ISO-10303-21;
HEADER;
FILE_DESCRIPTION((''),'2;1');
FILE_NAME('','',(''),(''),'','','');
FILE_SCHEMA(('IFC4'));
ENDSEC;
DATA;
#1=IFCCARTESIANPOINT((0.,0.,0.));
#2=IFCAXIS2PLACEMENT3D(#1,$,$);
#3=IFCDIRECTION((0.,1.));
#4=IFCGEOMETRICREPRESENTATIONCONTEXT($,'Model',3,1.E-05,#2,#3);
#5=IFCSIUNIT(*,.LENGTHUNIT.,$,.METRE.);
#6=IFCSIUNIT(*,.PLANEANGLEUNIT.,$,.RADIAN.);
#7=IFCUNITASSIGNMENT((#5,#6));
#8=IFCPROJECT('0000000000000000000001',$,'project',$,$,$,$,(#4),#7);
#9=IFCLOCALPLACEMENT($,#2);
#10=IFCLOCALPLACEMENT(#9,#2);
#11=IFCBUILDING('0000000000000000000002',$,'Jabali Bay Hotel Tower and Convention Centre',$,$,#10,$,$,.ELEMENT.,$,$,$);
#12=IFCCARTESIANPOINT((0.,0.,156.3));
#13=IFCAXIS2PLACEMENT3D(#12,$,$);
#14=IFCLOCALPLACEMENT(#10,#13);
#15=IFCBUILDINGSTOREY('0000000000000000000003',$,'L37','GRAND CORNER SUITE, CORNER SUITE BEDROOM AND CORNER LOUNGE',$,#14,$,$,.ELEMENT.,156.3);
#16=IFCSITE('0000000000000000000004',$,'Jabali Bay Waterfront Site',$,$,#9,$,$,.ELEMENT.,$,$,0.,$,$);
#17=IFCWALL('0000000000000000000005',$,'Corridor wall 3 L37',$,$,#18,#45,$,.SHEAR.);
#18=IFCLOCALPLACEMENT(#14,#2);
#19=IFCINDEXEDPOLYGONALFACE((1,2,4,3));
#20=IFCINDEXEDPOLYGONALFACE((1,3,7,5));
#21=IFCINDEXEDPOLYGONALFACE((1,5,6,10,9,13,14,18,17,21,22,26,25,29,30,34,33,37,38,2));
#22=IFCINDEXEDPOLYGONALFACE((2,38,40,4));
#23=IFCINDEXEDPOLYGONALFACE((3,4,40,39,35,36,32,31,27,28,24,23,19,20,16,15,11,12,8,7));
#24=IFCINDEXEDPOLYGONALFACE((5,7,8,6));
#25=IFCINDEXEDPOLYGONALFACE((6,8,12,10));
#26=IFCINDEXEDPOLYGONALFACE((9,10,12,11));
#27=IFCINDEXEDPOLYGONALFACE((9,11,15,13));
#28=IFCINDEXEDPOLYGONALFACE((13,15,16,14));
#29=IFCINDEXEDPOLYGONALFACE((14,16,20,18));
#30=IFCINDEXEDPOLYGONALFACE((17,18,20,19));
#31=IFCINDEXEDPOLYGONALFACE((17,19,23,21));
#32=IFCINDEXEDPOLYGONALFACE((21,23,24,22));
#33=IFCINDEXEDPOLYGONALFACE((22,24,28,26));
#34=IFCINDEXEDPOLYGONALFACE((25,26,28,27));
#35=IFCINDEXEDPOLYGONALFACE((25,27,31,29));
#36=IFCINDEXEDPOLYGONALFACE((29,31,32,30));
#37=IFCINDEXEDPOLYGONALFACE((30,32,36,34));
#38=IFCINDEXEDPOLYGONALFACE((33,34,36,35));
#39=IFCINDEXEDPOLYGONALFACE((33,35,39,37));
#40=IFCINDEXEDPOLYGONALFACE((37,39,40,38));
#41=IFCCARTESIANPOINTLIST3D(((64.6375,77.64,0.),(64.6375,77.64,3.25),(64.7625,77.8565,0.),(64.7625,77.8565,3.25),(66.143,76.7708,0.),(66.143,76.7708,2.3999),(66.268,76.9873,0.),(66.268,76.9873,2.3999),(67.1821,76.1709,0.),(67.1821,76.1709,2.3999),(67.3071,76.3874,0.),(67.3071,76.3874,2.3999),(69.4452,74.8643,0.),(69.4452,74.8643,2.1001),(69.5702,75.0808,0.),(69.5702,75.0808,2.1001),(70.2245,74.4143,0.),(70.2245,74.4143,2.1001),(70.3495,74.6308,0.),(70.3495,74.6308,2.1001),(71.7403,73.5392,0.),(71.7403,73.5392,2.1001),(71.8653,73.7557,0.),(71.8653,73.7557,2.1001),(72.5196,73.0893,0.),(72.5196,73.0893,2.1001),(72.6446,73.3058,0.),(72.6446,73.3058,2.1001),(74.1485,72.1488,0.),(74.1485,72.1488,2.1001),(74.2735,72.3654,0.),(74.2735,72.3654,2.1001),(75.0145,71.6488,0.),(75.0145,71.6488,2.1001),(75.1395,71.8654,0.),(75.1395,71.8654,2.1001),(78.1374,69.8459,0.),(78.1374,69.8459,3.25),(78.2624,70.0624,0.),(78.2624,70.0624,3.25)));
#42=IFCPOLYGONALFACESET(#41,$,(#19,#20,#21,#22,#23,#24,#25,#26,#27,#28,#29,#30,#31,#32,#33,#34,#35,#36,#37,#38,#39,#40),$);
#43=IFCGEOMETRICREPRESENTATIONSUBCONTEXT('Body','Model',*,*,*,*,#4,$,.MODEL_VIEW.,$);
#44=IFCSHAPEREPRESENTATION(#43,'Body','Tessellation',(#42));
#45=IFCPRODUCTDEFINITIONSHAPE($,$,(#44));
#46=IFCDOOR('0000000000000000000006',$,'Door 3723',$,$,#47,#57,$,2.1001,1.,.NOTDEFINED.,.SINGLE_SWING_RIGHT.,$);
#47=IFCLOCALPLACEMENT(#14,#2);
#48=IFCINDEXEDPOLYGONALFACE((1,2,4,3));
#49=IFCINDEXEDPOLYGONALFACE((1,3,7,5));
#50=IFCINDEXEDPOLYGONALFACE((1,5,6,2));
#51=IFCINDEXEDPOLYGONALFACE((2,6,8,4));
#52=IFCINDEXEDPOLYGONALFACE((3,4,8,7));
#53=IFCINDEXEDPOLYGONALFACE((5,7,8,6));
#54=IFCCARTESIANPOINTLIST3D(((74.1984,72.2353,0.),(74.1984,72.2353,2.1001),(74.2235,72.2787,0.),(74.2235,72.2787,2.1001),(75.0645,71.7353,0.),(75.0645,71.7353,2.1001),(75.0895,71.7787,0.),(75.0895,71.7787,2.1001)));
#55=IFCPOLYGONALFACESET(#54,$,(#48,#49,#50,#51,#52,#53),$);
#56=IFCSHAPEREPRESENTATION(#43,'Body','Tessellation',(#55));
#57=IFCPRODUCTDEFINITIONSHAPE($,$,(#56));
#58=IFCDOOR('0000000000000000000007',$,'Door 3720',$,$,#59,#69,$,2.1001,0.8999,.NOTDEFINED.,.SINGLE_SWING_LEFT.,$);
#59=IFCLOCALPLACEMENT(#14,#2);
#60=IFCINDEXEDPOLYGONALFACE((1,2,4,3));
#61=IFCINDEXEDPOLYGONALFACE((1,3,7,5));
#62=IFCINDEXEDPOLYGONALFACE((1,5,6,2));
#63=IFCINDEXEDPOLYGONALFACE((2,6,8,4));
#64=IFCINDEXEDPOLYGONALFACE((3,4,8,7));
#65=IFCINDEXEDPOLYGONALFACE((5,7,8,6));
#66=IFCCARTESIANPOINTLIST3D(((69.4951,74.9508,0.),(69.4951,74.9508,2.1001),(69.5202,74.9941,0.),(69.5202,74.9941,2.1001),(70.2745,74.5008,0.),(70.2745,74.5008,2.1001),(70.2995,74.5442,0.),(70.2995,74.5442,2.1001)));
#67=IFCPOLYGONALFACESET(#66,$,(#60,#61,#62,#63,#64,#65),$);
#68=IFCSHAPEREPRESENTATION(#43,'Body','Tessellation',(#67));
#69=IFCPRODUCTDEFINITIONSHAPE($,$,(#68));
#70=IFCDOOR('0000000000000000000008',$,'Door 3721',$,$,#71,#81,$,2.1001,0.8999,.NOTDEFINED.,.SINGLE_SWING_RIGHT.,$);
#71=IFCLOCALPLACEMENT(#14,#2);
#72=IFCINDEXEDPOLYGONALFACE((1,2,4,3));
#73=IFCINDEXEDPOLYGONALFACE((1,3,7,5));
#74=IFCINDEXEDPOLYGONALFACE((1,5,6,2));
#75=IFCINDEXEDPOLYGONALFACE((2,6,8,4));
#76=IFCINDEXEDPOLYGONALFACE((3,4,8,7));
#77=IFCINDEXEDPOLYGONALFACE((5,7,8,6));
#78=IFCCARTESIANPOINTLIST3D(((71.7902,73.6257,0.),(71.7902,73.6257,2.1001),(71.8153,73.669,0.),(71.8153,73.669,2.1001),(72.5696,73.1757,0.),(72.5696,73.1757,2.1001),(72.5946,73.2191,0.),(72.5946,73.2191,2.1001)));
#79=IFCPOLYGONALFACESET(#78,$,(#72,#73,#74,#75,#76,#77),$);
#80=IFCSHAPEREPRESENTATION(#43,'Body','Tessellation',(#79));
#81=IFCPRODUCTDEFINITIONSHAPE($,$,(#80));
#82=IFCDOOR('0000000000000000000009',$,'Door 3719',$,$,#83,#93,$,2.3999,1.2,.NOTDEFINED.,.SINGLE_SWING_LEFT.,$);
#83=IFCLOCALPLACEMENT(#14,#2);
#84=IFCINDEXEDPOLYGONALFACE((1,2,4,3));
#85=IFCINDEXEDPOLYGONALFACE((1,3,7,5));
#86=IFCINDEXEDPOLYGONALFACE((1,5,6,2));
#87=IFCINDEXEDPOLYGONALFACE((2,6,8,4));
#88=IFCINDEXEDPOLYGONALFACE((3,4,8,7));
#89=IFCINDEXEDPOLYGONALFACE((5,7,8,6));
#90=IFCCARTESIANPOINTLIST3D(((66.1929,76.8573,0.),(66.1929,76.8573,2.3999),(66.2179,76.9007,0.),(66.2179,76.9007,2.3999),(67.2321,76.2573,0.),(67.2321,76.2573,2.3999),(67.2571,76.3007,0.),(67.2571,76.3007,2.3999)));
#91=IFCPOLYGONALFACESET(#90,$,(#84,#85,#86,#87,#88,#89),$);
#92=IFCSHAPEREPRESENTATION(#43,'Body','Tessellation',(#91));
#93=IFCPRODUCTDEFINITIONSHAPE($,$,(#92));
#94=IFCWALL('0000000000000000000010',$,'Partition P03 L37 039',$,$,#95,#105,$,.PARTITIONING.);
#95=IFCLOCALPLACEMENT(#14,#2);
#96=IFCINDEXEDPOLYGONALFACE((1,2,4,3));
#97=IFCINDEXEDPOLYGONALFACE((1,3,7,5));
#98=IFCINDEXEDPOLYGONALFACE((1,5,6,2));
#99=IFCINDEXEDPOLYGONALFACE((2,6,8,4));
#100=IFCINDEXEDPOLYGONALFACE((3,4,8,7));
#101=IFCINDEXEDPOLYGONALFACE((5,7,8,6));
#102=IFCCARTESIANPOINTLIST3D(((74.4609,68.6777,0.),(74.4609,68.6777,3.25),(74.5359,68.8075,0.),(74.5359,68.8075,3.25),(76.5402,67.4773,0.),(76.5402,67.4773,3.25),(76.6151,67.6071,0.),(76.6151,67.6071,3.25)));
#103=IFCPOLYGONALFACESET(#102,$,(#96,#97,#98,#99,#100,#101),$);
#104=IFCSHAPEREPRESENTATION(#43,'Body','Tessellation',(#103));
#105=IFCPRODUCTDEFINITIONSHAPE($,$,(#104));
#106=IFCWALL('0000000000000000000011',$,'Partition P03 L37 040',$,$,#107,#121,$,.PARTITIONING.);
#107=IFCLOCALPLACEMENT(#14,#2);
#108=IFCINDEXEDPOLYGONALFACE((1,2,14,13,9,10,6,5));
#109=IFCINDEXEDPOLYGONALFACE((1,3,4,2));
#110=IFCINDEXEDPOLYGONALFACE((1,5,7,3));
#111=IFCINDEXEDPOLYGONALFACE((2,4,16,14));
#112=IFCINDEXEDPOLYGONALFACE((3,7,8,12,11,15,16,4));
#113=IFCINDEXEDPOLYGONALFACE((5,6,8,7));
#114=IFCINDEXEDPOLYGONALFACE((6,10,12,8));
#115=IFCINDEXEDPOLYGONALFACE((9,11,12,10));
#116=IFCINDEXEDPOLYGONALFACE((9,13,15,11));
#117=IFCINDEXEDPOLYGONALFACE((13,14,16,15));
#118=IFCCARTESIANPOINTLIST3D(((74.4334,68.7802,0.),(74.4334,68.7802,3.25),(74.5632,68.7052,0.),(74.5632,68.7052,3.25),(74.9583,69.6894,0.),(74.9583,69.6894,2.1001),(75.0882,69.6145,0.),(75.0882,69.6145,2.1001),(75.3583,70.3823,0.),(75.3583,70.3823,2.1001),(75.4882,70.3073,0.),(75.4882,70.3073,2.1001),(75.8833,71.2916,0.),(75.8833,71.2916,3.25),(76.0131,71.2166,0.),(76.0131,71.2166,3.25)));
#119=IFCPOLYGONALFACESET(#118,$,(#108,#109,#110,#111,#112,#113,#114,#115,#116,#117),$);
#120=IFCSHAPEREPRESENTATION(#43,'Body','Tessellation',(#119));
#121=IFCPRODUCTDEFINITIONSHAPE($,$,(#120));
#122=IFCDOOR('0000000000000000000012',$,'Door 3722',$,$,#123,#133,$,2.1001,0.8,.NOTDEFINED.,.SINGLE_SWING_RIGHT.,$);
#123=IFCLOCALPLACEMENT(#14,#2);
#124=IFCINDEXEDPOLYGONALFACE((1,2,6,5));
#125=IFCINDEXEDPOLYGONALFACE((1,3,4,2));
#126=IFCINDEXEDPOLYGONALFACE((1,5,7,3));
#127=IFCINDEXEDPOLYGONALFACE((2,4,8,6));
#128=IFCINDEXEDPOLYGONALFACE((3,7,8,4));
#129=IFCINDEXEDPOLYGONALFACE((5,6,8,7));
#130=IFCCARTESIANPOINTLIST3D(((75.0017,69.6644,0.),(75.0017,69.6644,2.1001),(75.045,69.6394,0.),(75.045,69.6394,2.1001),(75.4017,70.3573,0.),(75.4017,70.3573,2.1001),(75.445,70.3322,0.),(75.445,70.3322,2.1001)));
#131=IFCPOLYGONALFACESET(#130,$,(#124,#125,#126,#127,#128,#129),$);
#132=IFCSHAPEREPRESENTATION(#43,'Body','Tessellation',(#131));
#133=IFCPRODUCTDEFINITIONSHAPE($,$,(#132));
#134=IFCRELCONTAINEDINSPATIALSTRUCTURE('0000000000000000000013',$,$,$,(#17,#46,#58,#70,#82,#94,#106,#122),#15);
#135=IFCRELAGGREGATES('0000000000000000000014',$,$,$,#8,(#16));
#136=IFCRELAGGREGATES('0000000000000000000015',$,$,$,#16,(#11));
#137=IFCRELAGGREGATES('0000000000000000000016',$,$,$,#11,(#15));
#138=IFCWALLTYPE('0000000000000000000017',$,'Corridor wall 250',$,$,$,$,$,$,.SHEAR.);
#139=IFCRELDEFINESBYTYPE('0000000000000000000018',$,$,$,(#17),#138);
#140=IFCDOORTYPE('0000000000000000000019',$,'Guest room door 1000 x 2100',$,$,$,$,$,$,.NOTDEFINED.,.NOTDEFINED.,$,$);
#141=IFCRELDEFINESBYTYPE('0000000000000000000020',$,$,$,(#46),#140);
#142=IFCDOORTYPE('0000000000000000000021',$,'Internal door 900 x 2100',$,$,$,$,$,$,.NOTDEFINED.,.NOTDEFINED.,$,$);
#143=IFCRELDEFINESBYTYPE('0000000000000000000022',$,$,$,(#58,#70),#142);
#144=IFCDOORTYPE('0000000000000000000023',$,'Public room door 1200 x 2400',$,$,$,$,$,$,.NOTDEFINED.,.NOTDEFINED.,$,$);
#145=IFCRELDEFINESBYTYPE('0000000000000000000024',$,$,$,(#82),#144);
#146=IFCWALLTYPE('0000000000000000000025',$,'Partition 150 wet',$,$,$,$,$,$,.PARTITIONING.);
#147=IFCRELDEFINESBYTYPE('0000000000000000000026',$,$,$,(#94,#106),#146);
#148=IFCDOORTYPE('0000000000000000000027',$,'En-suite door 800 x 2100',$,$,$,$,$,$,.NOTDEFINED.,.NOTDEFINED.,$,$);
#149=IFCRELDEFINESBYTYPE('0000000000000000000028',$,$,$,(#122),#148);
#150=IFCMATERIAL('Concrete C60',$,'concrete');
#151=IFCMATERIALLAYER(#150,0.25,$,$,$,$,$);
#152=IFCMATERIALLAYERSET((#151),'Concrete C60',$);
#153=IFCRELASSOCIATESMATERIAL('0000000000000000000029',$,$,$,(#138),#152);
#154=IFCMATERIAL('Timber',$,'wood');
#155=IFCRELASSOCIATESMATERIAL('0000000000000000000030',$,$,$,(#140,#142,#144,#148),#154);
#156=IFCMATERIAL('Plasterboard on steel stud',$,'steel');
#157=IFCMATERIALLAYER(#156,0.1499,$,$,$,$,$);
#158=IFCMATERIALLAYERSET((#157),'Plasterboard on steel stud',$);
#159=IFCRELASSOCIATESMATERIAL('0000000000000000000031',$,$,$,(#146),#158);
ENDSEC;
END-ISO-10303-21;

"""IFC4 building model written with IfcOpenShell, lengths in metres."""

from ifc_helpers import new_model, si_unit, direction, frame, frame_2d, origin, place, context, subcontext, project, spatial, rectangle, extrude, material, layer, layer_set, type_object, element, fill, save


model = new_model("IFC4")

# Units and contexts
model_context = context("Model", 3, precision=1e-05, world=origin(), true_north=direction((0.0, 1.0)))
body_context = subcontext(model_context, "Body", "Model", "MODEL_VIEW")
ifc_project = project(units=[si_unit("LENGTHUNIT", "METRE"), si_unit("PLANEANGLEUNIT", "RADIAN")], contexts=[model_context])

# Site, building, storey
site_placement = place(None, origin())
site = spatial("IfcSite", under=ifc_project, at=site_placement, Name="Jabali Bay Waterfront Site", CompositionType="ELEMENT", RefElevation=0.0)
building_placement = place(site_placement, origin())
building = spatial("IfcBuilding", under=site, at=building_placement, Name="Jabali Bay Hotel Tower and Convention Centre", CompositionType="ELEMENT")
storey_placement = place(building_placement, frame((0.0, 0.0, 156.3)))
storey = spatial("IfcBuildingStorey", under=building, at=storey_placement, Name="L37", Description="GRAND CORNER SUITE, CORNER SUITE BEDROOM AND CORNER LOUNGE", CompositionType="ELEMENT", Elevation=156.3)

# Shared definitions
ifc_material_1 = material(Name="Concrete C60", Category="concrete")

# Wall, openings, doors
ifc_layer_1 = layer(ifc_material_1, 0.25)
ifc_layer_set_1 = layer_set([ifc_layer_1], Name="Concrete C60")
wall_type_1 = type_object("IfcWallType", Name="Corridor wall 250", PredefinedType="SHEAR", material=ifc_layer_set_1)
wall_1_placement = place(storey_placement, frame((64.7, 77.7483, 0.0), z_axis=(0.0, 0.0, 1.0), x_axis=(0.866026, -0.499998, 0.0)))
wall_1 = element("IfcWall", 1, at=wall_1_placement, inside=storey, type_object=wall_type_1, Name="Corridor wall 3 L37", PredefinedType="SHEAR", context=body_context, shape_type="SweptSolid", body=[
    extrude(rectangle(XDim=15.5884, YDim=0.25, at=frame_2d((7.7942, 0.0))), origin(), (0.0, 0.0, 1.0), 3.25),
])
opening_1_placement = place(wall_1_placement, frame((1.7383, 0.0, 0.0)))
opening_1 = element("IfcOpeningElement", 2, at=opening_1_placement, cuts=wall_1, PredefinedType="OPENING", context=body_context, shape_type="SweptSolid", body=[
    extrude(rectangle(XDim=1.2, YDim=2.3999, at=frame_2d((0.6001, 1.2))), frame((0.0, 0.1355, 0.0), z_axis=(0.0, -1.0, 0.0), x_axis=(1.0, 0.0, 0.0)), (0.0, 0.0, 1.0), 0.271),
])
opening_2_placement = place(wall_1_placement, frame((5.5515, 0.0, 0.0)))
opening_2 = element("IfcOpeningElement", 3, at=opening_2_placement, cuts=wall_1, PredefinedType="OPENING", context=body_context, shape_type="SweptSolid", body=[
    extrude(rectangle(XDim=0.8999, YDim=2.1001, at=frame_2d((0.45, 1.05))), frame((0.0, 0.1355, 0.0), z_axis=(0.0, -1.0, 0.0), x_axis=(1.0, 0.0, 0.0)), (0.0, 0.0, 1.0), 0.271),
])
opening_3_placement = place(wall_1_placement, frame((8.2017, 0.0, 0.0)))
opening_3 = element("IfcOpeningElement", 4, at=opening_3_placement, cuts=wall_1, PredefinedType="OPENING", context=body_context, shape_type="SweptSolid", body=[
    extrude(rectangle(XDim=0.8999, YDim=2.1001, at=frame_2d((0.45, 1.05))), frame((0.0, 0.1355, 0.0), z_axis=(0.0, -1.0, 0.0), x_axis=(1.0, 0.0, 0.0)), (0.0, 0.0, 1.0), 0.271),
])
opening_4_placement = place(wall_1_placement, frame((10.9824, 0.0, 0.0)))
opening_4 = element("IfcOpeningElement", 5, at=opening_4_placement, cuts=wall_1, PredefinedType="OPENING", context=body_context, shape_type="SweptSolid", body=[
    extrude(rectangle(XDim=1.0, YDim=2.1001, at=frame_2d((0.5, 1.05))), frame((0.0, 0.1355, 0.0), z_axis=(0.0, -1.0, 0.0), x_axis=(1.0, 0.0, 0.0)), (0.0, 0.0, 1.0), 0.271),
])
ifc_material_2 = material(Name="Timber", Category="wood")
door_type_1 = type_object("IfcDoorType", Name="Guest room door 1000 x 2100", OperationType="NOTDEFINED", PredefinedType="NOTDEFINED", material=ifc_material_2)
door_1_placement = place(opening_4_placement, origin())
door_1 = element("IfcDoor", 6, at=door_1_placement, inside=storey, type_object=door_type_1, Name="Door 3723", OperationType="SINGLE_SWING_RIGHT", OverallHeight=2.1001, OverallWidth=1.0, PredefinedType="NOTDEFINED", context=body_context, shape_type="SweptSolid", body=[
    extrude(rectangle(XDim=1.0, YDim=2.1001, at=frame_2d((0.5, 1.05))), frame((0.0, 0.0249, 0.0), z_axis=(0.0, -1.0, 0.0), x_axis=(1.0, 0.0, 0.0)), (0.0, 0.0, 1.0), 0.05),
])
fill(opening_4, door_1)
door_type_2 = type_object("IfcDoorType", Name="Internal door 900 x 2100", OperationType="NOTDEFINED", PredefinedType="NOTDEFINED", material=ifc_material_2)
door_2_placement = place(opening_2_placement, origin())
door_2 = element("IfcDoor", 7, at=door_2_placement, inside=storey, type_object=door_type_2, Name="Door 3720", OperationType="SINGLE_SWING_LEFT", OverallHeight=2.1001, OverallWidth=0.8999, PredefinedType="NOTDEFINED", context=body_context, shape_type="SweptSolid", body=[
    extrude(rectangle(XDim=0.8999, YDim=2.1001, at=frame_2d((0.45, 1.05))), frame((0.0, 0.0249, 0.0), z_axis=(0.0, -1.0, 0.0), x_axis=(1.0, 0.0, 0.0)), (0.0, 0.0, 1.0), 0.05),
])
fill(opening_2, door_2)
door_3_placement = place(opening_3_placement, origin())
door_3 = element("IfcDoor", 8, at=door_3_placement, inside=storey, type_object=door_type_2, Name="Door 3721", OperationType="SINGLE_SWING_RIGHT", OverallHeight=2.1001, OverallWidth=0.8999, PredefinedType="NOTDEFINED", context=body_context, shape_type="SweptSolid", body=[
    extrude(rectangle(XDim=0.8999, YDim=2.1001, at=frame_2d((0.45, 1.05))), frame((0.0, 0.0249, 0.0), z_axis=(0.0, -1.0, 0.0), x_axis=(1.0, 0.0, 0.0)), (0.0, 0.0, 1.0), 0.05),
])
fill(opening_3, door_3)
door_type_3 = type_object("IfcDoorType", Name="Public room door 1200 x 2400", OperationType="NOTDEFINED", PredefinedType="NOTDEFINED", material=ifc_material_2)
door_4_placement = place(opening_1_placement, origin())
door_4 = element("IfcDoor", 9, at=door_4_placement, inside=storey, type_object=door_type_3, Name="Door 3719", OperationType="SINGLE_SWING_LEFT", OverallHeight=2.3999, OverallWidth=1.2, PredefinedType="NOTDEFINED", context=body_context, shape_type="SweptSolid", body=[
    extrude(rectangle(XDim=1.2, YDim=2.3999, at=frame_2d((0.6001, 1.2))), frame((0.0, 0.0249, 0.0), z_axis=(0.0, -1.0, 0.0), x_axis=(1.0, 0.0, 0.0)), (0.0, 0.0, 1.0), 0.05),
])
fill(opening_1, door_4)

# Wall
ifc_material_3 = material(Name="Plasterboard on steel stud", Category="steel")
ifc_layer_2 = layer(ifc_material_3, 0.1499)
ifc_layer_set_2 = layer_set([ifc_layer_2], Name="Plasterboard on steel stud")
wall_type_2 = type_object("IfcWallType", Name="Partition 150 wet", PredefinedType="PARTITIONING", material=ifc_layer_set_2)
wall_2_placement = place(storey_placement, frame((76.5776, 67.5422, 0.0), z_axis=(0.0, 0.0, 1.0), x_axis=(-0.866038, 0.499978, 0.0)))
element("IfcWall", 10, at=wall_2_placement, inside=storey, type_object=wall_type_2, Name="Partition P03 L37 039", PredefinedType="PARTITIONING", context=body_context, shape_type="SweptSolid", body=[
    extrude(rectangle(XDim=2.4009, YDim=0.1499, at=frame_2d((1.2004, 0.0))), origin(), (0.0, 0.0, 1.0), 3.25),
])

# Wall, opening, door
wall_3_placement = place(storey_placement, frame((74.4983, 68.7427, 0.0), z_axis=(0.0, 0.0, 1.0), x_axis=(0.499987, 0.866033, 0.0)))
wall_3 = element("IfcWall", 11, at=wall_3_placement, inside=storey, type_object=wall_type_2, Name="Partition P03 L37 040", PredefinedType="PARTITIONING", context=body_context, shape_type="SweptSolid", body=[
    extrude(rectangle(XDim=2.8999, YDim=0.1499, at=frame_2d((1.45, 0.0))), origin(), (0.0, 0.0, 1.0), 3.25),
])
opening_5_placement = place(wall_3_placement, frame((1.05, 0.0, 0.0)))
opening_5 = element("IfcOpeningElement", 12, at=opening_5_placement, cuts=wall_3, PredefinedType="OPENING", context=body_context, shape_type="SweptSolid", body=[
    extrude(rectangle(XDim=0.8, YDim=2.1001, at=frame_2d((0.3999, 1.05))), frame((0.0, 0.0854, 0.0), z_axis=(0.0, -1.0, 0.0), x_axis=(1.0, 0.0, 0.0)), (0.0, 0.0, 1.0), 0.1709),
])
door_type_4 = type_object("IfcDoorType", Name="En-suite door 800 x 2100", OperationType="NOTDEFINED", PredefinedType="NOTDEFINED", material=ifc_material_2)
door_5_placement = place(opening_5_placement, origin())
door_5 = element("IfcDoor", 13, at=door_5_placement, inside=storey, type_object=door_type_4, Name="Door 3722", OperationType="SINGLE_SWING_RIGHT", OverallHeight=2.1001, OverallWidth=0.8, PredefinedType="NOTDEFINED", context=body_context, shape_type="SweptSolid", body=[
    extrude(rectangle(XDim=0.8, YDim=2.1001, at=frame_2d((0.3999, 1.05))), frame((0.0, 0.0249, 0.0), z_axis=(0.0, -1.0, 0.0), x_axis=(1.0, 0.0, 0.0)), (0.0, 0.0, 1.0), 0.05),
])
fill(opening_5, door_5)

save(model, "model.ifc")
